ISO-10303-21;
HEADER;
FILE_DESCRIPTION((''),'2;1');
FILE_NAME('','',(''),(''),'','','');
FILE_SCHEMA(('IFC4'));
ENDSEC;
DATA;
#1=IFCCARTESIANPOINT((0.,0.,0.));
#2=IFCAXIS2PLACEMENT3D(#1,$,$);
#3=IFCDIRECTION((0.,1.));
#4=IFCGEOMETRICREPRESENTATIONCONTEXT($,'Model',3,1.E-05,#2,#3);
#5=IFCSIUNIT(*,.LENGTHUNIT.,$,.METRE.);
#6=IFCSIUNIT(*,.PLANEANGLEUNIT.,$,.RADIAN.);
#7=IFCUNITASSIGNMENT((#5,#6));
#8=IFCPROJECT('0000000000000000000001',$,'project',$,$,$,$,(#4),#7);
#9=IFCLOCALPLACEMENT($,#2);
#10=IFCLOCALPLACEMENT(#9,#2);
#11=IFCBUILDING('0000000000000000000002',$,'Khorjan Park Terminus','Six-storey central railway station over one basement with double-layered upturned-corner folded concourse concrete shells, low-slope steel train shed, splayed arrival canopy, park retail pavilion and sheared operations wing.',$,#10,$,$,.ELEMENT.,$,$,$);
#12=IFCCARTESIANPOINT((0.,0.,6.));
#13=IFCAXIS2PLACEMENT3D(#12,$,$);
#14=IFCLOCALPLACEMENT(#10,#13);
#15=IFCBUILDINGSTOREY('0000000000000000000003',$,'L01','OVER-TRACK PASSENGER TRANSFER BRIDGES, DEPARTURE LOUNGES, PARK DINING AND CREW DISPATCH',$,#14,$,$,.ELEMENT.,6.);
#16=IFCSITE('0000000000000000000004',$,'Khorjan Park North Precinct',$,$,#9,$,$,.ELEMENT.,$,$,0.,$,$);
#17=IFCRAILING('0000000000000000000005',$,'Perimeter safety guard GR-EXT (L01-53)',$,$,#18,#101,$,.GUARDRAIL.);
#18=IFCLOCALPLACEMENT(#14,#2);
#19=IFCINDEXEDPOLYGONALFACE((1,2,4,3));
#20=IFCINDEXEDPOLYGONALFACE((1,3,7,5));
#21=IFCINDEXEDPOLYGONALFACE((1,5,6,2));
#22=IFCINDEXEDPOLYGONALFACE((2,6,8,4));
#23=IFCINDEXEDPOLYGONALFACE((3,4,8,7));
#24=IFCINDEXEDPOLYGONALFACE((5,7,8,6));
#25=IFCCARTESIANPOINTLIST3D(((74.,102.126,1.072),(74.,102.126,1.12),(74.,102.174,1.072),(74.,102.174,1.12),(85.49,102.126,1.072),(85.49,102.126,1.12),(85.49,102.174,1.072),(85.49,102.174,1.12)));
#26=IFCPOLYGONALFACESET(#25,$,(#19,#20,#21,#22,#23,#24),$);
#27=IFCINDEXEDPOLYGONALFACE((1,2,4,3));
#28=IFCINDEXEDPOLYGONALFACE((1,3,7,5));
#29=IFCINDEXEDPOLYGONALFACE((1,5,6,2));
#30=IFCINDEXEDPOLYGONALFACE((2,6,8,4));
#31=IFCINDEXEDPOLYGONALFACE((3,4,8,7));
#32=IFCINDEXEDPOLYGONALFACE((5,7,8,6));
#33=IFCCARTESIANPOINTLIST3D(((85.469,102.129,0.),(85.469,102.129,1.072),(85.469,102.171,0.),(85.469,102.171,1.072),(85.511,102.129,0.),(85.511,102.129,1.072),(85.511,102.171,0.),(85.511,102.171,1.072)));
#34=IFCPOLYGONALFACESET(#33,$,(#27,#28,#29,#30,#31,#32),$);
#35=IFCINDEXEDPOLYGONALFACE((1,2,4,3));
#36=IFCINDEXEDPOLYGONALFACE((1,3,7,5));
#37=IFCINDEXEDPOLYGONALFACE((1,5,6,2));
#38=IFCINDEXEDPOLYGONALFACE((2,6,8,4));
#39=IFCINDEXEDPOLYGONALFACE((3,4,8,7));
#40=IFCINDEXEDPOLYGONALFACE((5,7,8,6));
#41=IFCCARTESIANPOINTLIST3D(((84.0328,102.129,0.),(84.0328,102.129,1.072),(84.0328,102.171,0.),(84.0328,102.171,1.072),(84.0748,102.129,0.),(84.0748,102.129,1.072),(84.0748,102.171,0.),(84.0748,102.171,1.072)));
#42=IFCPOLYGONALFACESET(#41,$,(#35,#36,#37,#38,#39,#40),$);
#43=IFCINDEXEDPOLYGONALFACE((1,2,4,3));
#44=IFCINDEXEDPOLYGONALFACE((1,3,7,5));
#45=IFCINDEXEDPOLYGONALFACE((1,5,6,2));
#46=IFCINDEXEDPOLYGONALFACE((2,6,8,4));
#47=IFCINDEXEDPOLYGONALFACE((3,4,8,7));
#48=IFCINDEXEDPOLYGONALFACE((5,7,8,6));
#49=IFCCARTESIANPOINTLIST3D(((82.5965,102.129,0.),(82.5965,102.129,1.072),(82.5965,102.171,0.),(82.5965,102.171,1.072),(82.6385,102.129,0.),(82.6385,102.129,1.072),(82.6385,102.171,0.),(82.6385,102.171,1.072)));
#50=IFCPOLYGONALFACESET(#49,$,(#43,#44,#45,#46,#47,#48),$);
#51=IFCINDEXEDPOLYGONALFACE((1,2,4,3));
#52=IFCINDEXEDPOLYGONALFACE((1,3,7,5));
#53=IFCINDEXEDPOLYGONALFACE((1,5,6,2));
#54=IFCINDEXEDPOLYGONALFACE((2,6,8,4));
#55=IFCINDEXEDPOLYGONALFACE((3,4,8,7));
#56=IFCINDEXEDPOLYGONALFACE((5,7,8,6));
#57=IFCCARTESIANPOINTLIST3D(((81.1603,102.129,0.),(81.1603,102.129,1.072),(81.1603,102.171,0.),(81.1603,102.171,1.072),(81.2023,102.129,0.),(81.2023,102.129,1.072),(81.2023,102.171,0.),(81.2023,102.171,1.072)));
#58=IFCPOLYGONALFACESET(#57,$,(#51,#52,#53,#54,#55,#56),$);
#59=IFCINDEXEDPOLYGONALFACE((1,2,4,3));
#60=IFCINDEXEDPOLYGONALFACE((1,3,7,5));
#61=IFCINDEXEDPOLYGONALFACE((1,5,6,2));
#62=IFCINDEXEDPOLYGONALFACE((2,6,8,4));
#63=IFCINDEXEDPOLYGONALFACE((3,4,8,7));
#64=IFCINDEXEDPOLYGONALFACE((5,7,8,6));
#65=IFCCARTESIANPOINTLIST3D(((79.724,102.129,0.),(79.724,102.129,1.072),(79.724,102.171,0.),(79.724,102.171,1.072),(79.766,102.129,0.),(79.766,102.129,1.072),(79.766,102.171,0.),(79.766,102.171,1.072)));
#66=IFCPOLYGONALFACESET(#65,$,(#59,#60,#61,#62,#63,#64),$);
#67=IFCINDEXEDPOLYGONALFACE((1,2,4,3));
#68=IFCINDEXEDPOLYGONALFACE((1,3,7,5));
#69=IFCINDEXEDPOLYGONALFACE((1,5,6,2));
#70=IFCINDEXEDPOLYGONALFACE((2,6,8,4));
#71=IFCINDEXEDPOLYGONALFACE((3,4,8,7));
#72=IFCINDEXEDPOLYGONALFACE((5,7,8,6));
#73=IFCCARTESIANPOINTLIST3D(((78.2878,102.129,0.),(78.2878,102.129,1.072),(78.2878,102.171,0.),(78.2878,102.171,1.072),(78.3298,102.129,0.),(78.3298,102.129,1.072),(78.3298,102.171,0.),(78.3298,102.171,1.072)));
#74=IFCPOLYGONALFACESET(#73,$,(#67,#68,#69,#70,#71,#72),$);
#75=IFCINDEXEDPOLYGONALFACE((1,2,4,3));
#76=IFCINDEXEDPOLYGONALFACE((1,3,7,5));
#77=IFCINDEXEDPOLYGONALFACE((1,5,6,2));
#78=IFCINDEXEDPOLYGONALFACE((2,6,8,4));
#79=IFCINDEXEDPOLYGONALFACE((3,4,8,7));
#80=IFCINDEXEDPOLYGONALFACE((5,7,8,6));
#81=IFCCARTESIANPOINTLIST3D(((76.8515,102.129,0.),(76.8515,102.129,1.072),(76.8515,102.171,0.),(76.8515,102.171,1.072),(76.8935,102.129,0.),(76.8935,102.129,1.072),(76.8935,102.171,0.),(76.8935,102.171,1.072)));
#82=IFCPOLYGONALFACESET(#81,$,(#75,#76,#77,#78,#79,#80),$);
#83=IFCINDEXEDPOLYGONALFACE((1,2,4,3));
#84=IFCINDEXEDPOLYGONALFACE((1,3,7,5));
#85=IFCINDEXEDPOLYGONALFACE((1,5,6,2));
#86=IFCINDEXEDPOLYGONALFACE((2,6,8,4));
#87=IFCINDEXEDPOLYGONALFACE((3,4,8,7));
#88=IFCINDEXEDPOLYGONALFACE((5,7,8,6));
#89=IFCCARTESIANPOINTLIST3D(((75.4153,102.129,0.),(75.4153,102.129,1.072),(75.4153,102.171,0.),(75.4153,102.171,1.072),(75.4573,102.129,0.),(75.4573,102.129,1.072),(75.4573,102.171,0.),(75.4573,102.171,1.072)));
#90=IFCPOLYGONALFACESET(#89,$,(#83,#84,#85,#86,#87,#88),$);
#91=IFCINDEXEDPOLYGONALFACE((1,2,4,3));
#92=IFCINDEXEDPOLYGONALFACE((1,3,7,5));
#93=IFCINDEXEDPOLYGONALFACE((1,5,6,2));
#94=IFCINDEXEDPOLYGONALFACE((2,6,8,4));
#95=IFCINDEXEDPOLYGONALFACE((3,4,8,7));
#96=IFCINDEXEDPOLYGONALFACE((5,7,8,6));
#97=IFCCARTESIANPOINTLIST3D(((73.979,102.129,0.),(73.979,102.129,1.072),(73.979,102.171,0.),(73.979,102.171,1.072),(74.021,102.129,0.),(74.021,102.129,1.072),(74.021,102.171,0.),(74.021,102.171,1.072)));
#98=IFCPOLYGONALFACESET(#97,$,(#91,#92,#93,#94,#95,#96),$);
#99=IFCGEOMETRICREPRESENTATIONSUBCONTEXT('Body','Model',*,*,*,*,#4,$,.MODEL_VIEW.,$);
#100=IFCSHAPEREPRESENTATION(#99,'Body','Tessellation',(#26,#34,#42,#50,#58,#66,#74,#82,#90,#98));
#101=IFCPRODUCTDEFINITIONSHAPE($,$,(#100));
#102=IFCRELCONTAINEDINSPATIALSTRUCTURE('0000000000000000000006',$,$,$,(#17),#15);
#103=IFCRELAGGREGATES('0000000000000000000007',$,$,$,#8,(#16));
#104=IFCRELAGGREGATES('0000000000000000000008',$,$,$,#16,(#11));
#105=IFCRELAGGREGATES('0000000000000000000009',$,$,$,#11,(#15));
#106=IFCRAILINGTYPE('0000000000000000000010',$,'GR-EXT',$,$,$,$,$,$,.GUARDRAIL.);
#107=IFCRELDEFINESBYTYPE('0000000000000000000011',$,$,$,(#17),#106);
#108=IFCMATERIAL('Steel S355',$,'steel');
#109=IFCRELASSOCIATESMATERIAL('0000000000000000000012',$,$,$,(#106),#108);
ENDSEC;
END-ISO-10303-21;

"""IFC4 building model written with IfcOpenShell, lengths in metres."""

from ifc_helpers import new_model, si_unit, direction, frame, origin, origin_2d, place, context, subcontext, project, spatial, rectangle, extrude, material, type_object, element, save


model = new_model("IFC4")

# Units and contexts
model_context = context("Model", 3, precision=1e-05, world=origin(), true_north=direction((0.0, 1.0)))
body_context = subcontext(model_context, "Body", "Model", "MODEL_VIEW")
ifc_project = project(units=[si_unit("LENGTHUNIT", "METRE"), si_unit("PLANEANGLEUNIT", "RADIAN")], contexts=[model_context])

# Site, building, storey
site_placement = place(None, origin())
site = spatial("IfcSite", under=ifc_project, at=site_placement, Name="Khorjan Park North Precinct", CompositionType="ELEMENT", RefElevation=0.0)
building_placement = place(site_placement, origin())
building = spatial("IfcBuilding", under=site, at=building_placement, Name="Khorjan Park Terminus", Description="Six-storey central railway station over one basement with double-layered upturned-corner folded concourse concrete shells, low-slope steel train shed, splayed arrival canopy, park retail pavilion and sheared operations wing.", CompositionType="ELEMENT")
storey_placement = place(building_placement, frame((0.0, 0.0, 6.0)))
storey = spatial("IfcBuildingStorey", under=building, at=storey_placement, Name="L01", Description="OVER-TRACK PASSENGER TRANSFER BRIDGES, DEPARTURE LOUNGES, PARK DINING AND CREW DISPATCH", CompositionType="ELEMENT", Elevation=6.0)

# Shared definitions
ifc_material_1 = material(Name="Steel S355", Category="steel")

# Railing
railing_type = type_object("IfcRailingType", Name="GR-EXT", PredefinedType="GUARDRAIL", material=ifc_material_1)
railing_placement = place(storey_placement, frame((85.49, 102.15, 0.0)))
element("IfcRailing", 1, at=railing_placement, inside=storey, type_object=railing_type, Name="Perimeter safety guard GR-EXT (L01-53)", PredefinedType="GUARDRAIL", context=body_context, shape_type="SweptSolid", body=[
    extrude(rectangle(XDim=0.048, YDim=0.048, at=origin_2d()), frame((0.0, 0.0, 1.096), z_axis=(-1.0, 0.0, 0.0), x_axis=(0.0, -1.0, 0.0)), (0.0, 0.0, 1.0), 11.49),
    extrude(rectangle(XDim=0.042, YDim=0.042, at=origin_2d()), origin(), (0.0, 0.0, 1.0), 1.072),
    extrude(rectangle(XDim=0.042, YDim=0.042, at=origin_2d()), frame((-1.4362, 0.0, 0.0)), (0.0, 0.0, 1.0), 1.072),
    extrude(rectangle(XDim=0.042, YDim=0.042, at=origin_2d()), frame((-2.8725, 0.0, 0.0)), (0.0, 0.0, 1.0), 1.072),
    extrude(rectangle(XDim=0.042, YDim=0.042, at=origin_2d()), frame((-4.3087, 0.0, 0.0)), (0.0, 0.0, 1.0), 1.072),
    extrude(rectangle(XDim=0.042, YDim=0.042, at=origin_2d()), frame((-5.745, 0.0, 0.0)), (0.0, 0.0, 1.0), 1.072),
    extrude(rectangle(XDim=0.042, YDim=0.042, at=origin_2d()), frame((-7.1812, 0.0, 0.0)), (0.0, 0.0, 1.0), 1.072),
    extrude(rectangle(XDim=0.042, YDim=0.042, at=origin_2d()), frame((-8.6175, 0.0, 0.0)), (0.0, 0.0, 1.0), 1.072),
    extrude(rectangle(XDim=0.042, YDim=0.042, at=origin_2d()), frame((-10.0537, 0.0, 0.0)), (0.0, 0.0, 1.0), 1.072),
    extrude(rectangle(XDim=0.042, YDim=0.042, at=origin_2d()), frame((-11.49, 0.0, 0.0)), (0.0, 0.0, 1.0), 1.072),
])

save(model, "model.ifc")
